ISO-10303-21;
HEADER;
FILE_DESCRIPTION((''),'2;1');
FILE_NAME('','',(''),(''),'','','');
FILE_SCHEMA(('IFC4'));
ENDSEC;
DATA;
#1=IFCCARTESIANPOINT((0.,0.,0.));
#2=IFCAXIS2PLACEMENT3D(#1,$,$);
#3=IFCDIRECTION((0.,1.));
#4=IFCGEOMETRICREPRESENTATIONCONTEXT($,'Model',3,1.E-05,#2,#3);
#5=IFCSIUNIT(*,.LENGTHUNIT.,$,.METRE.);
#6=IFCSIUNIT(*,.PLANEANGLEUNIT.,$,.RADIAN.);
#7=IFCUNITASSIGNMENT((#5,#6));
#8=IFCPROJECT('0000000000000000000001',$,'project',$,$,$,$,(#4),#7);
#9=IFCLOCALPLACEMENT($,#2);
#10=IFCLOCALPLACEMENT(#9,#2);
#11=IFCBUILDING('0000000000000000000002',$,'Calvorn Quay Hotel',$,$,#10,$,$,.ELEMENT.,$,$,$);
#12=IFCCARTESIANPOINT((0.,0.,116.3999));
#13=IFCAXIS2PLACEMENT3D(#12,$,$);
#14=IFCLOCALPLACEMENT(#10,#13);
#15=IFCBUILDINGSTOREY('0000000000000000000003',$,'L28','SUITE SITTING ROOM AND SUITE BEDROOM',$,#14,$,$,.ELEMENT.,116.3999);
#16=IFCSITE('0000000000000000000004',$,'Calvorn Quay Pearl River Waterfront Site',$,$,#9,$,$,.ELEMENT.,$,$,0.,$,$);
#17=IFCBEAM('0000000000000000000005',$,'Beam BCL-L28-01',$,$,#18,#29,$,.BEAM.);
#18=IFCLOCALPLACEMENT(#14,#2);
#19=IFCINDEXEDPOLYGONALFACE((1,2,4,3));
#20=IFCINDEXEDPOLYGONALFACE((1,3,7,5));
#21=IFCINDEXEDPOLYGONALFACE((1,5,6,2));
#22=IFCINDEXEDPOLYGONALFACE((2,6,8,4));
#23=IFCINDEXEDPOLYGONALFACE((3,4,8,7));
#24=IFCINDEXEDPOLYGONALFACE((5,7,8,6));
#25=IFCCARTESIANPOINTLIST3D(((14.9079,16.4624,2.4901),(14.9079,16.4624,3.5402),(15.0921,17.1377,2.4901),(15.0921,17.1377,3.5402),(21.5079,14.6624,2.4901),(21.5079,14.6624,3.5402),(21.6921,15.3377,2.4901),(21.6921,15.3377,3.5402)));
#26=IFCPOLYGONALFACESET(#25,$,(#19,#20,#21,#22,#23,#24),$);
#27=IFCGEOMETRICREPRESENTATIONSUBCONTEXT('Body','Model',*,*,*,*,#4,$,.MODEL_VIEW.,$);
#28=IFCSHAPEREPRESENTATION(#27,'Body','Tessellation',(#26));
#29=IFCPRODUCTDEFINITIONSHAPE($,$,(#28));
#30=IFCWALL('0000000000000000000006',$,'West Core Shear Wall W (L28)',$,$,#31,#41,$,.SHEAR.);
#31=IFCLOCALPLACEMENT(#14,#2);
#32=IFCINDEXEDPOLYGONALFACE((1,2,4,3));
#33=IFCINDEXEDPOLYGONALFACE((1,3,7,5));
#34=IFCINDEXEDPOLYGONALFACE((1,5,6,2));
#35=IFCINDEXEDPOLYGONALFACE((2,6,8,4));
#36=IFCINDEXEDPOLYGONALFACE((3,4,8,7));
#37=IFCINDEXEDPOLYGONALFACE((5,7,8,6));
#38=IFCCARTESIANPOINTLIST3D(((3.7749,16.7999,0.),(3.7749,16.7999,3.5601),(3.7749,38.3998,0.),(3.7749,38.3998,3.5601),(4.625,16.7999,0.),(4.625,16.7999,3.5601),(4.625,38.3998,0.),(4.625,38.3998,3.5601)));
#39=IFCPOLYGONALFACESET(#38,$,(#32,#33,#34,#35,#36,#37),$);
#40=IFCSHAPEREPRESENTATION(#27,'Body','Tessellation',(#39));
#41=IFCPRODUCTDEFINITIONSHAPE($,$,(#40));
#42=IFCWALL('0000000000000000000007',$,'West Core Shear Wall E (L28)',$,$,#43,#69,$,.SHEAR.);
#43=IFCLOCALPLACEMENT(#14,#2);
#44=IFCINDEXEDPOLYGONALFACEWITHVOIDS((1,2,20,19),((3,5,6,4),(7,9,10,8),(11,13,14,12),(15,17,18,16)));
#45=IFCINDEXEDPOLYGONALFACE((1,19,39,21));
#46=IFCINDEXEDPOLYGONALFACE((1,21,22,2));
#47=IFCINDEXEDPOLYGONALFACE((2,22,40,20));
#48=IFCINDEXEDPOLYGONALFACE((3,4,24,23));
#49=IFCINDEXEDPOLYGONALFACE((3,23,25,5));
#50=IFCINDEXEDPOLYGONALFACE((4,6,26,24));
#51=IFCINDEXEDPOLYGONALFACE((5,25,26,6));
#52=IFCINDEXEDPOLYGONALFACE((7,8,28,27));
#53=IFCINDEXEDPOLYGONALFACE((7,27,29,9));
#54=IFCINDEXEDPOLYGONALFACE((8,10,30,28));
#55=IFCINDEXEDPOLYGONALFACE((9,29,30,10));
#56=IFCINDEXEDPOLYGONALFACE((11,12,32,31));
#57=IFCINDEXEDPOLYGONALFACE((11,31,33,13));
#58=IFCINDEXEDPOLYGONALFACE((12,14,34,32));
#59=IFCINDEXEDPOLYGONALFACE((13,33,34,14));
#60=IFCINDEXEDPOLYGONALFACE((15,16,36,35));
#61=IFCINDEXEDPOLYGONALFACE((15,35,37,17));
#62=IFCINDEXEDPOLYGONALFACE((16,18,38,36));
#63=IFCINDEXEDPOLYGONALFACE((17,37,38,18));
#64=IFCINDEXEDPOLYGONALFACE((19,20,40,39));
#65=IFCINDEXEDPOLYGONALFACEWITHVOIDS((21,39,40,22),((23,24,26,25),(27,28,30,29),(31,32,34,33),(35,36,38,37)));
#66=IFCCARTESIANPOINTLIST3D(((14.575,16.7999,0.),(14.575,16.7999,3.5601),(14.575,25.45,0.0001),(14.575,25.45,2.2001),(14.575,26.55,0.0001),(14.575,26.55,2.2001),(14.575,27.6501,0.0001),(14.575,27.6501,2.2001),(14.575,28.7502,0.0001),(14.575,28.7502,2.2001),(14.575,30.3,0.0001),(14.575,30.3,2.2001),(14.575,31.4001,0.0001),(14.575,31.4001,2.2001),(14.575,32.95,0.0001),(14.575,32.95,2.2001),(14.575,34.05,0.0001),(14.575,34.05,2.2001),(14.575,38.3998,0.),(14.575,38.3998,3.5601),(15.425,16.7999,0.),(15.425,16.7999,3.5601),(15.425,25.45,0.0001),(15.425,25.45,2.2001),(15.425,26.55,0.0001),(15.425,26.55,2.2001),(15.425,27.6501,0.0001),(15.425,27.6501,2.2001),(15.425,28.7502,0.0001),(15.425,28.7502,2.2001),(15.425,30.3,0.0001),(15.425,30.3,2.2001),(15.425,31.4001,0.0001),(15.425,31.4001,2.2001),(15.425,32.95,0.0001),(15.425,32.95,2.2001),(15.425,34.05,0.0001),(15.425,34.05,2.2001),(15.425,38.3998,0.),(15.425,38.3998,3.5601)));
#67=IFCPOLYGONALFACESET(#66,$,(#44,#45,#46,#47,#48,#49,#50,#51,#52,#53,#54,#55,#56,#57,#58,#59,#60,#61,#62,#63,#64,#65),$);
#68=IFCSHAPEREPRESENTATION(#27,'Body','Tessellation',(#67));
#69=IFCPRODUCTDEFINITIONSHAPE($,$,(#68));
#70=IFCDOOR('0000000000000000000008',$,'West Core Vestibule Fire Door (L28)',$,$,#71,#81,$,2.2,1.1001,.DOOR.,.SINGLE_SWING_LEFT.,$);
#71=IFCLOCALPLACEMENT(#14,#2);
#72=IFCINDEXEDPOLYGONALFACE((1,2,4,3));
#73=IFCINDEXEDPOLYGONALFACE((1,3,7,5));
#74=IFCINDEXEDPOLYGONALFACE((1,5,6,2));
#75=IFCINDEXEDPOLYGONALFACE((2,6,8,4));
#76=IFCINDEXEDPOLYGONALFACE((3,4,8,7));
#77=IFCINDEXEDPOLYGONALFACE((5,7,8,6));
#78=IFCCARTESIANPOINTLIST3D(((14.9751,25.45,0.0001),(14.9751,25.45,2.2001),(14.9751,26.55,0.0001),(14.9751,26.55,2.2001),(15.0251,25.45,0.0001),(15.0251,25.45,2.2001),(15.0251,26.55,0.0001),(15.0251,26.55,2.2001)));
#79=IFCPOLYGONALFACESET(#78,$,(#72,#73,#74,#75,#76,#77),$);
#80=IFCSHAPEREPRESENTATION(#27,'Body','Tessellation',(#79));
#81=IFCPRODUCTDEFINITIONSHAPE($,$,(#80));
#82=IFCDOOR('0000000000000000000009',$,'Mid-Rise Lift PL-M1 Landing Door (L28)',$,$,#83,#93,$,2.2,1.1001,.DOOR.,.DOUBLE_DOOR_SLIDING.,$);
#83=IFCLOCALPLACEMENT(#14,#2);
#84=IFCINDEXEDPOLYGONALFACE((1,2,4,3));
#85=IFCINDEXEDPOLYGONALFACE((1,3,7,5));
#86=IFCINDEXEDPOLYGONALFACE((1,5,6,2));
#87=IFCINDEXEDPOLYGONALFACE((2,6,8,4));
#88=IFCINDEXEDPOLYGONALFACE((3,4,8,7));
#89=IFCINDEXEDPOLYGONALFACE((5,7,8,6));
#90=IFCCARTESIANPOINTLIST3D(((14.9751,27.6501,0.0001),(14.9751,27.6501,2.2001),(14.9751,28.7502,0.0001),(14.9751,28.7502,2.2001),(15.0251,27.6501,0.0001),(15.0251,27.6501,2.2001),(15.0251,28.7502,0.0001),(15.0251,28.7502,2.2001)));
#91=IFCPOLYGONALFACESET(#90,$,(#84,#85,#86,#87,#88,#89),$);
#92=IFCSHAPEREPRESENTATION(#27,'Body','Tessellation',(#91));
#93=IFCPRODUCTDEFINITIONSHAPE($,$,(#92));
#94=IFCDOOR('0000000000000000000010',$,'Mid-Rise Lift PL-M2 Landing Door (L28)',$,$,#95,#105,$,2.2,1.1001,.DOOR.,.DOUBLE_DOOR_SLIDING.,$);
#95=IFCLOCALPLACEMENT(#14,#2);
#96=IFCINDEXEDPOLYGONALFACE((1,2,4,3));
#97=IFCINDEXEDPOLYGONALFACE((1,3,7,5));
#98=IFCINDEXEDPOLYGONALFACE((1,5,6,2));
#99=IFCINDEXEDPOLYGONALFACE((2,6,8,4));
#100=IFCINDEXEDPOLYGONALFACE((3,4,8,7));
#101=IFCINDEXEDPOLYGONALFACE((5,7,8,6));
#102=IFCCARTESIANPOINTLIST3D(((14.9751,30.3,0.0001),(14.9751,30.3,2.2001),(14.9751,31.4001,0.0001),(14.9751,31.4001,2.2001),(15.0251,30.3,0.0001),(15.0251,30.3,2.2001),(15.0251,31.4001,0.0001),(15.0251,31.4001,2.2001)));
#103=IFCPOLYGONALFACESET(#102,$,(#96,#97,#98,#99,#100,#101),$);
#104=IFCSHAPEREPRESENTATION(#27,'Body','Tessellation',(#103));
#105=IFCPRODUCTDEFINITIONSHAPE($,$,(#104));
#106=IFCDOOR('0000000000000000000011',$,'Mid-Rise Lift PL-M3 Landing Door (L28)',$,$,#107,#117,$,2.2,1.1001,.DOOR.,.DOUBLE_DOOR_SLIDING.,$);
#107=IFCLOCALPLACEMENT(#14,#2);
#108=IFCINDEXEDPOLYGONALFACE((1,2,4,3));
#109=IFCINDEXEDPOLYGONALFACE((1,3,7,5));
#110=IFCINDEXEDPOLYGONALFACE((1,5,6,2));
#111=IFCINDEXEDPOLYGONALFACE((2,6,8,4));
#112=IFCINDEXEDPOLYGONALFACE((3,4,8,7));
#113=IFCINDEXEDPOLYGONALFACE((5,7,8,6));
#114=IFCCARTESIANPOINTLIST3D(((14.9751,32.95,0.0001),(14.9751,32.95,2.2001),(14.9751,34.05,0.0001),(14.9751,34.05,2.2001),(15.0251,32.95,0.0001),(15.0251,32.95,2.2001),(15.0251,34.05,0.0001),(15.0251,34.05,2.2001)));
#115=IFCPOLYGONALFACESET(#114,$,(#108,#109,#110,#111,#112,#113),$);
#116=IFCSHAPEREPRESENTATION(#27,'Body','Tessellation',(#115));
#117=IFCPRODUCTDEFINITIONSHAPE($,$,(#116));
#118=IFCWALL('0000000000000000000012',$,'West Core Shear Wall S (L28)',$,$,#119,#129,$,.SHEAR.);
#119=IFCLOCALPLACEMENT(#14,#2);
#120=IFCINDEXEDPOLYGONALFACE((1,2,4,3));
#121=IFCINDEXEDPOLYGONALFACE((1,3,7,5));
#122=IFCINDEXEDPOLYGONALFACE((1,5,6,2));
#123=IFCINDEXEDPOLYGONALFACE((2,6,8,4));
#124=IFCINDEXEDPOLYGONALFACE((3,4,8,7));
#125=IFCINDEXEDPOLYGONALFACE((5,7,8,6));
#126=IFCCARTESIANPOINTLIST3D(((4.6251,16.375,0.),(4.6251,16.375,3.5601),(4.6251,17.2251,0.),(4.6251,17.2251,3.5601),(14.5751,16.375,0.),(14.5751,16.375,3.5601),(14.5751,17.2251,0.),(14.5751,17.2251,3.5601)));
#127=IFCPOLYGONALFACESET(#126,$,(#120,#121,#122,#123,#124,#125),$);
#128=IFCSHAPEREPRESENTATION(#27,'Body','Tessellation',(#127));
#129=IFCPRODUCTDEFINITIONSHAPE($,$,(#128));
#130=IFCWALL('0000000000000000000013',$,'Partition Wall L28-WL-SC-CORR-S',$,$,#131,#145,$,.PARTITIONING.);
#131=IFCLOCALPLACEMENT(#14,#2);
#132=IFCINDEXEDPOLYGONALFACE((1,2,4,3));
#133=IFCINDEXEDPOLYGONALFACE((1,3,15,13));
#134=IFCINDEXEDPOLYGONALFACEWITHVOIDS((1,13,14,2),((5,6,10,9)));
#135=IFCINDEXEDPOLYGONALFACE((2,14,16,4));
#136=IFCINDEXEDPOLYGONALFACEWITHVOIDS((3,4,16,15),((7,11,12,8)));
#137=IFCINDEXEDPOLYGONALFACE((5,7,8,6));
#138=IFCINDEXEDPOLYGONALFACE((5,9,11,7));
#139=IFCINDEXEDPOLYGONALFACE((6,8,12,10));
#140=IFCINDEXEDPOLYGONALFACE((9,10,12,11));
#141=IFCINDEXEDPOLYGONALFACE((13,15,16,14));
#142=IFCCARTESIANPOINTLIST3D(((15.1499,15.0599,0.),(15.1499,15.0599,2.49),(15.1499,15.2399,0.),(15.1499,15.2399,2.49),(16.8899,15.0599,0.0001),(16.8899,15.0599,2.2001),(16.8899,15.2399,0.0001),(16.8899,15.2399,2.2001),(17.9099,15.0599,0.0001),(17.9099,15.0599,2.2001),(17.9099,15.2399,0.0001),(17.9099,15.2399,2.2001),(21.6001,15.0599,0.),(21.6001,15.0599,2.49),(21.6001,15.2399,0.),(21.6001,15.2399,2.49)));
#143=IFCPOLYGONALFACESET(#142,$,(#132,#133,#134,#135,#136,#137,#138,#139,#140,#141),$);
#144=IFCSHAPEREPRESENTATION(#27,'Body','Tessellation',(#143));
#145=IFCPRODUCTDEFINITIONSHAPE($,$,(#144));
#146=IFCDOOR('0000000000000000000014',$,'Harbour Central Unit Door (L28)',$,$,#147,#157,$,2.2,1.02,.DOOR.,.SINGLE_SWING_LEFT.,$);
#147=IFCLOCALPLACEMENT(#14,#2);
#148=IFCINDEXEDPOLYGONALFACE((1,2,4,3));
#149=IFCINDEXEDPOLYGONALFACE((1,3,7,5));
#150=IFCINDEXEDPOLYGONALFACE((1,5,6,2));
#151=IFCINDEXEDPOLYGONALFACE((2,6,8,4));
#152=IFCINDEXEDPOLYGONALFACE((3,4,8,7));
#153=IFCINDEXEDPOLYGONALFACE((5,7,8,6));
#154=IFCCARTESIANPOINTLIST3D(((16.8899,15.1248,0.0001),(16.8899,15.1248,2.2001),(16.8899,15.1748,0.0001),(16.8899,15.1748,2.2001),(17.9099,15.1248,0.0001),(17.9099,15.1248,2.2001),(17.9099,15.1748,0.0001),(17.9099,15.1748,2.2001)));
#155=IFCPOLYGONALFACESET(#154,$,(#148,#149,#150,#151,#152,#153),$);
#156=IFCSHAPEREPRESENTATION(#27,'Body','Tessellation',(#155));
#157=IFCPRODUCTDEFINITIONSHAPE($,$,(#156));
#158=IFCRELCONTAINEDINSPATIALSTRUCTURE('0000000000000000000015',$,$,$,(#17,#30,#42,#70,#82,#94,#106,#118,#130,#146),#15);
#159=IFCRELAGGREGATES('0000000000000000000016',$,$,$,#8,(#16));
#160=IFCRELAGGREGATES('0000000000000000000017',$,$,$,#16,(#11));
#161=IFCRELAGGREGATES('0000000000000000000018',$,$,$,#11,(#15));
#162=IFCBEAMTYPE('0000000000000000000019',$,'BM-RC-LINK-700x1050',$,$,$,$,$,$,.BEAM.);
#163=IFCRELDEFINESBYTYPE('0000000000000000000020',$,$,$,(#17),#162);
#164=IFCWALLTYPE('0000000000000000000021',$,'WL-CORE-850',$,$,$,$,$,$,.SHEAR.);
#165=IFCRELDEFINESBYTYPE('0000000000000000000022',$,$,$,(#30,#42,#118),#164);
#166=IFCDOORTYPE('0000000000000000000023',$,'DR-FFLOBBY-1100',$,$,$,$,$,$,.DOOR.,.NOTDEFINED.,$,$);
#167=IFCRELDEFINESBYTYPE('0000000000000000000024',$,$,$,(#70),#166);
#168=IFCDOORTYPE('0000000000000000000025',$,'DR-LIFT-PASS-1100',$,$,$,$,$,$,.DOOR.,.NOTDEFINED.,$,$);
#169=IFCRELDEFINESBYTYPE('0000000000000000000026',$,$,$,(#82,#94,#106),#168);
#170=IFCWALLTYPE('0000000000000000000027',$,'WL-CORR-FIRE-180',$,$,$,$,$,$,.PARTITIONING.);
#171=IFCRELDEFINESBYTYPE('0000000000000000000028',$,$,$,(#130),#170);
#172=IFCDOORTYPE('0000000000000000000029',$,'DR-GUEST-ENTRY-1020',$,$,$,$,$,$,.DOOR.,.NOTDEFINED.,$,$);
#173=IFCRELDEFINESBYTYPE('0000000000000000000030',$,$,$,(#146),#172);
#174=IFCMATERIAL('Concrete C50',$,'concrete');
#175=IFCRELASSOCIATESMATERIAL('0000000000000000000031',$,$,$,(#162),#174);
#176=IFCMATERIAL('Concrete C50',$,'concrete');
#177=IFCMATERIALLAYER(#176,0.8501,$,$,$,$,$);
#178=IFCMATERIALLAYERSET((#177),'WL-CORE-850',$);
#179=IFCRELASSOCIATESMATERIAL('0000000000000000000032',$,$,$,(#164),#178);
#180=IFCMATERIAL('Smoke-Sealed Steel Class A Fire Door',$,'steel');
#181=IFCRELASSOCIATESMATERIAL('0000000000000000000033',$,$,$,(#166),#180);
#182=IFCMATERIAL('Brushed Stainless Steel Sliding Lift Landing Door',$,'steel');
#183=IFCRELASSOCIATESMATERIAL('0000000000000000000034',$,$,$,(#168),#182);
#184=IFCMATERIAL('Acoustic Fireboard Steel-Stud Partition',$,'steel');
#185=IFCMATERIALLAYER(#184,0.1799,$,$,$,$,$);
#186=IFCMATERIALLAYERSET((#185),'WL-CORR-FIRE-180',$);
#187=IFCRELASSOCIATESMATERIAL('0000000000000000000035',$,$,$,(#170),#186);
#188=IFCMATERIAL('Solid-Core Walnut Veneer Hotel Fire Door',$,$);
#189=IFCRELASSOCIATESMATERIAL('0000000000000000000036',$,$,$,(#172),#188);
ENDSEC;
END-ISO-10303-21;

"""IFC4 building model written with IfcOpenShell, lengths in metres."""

from ifc_helpers import new_model, si_unit, direction, frame, frame_2d, origin, origin_2d, place, context, subcontext, project, spatial, rectangle, extrude, material, layer, layer_set, material_profile, profile_set, type_object, element, fill, save


model = new_model("IFC4")

# Units and contexts
model_context = context("Model", 3, precision=1e-05, world=origin(), true_north=direction((0.0, 1.0)))
body_context = subcontext(model_context, "Body", "Model", "MODEL_VIEW")
ifc_project = project(units=[si_unit("LENGTHUNIT", "METRE"), si_unit("PLANEANGLEUNIT", "RADIAN")], contexts=[model_context])

# Site, building, storey
site_placement = place(None, origin())
site = spatial("IfcSite", under=ifc_project, at=site_placement, Name="Calvorn Quay Pearl River Waterfront Site", CompositionType="ELEMENT", RefElevation=0.0)
building_placement = place(site_placement, origin())
building = spatial("IfcBuilding", under=site, at=building_placement, Name="Calvorn Quay Hotel", CompositionType="ELEMENT")
storey_placement = place(building_placement, frame((0.0, 0.0, 116.3999)))
storey = spatial("IfcBuildingStorey", under=building, at=storey_placement, Name="L28", Description="SUITE SITTING ROOM AND SUITE BEDROOM", CompositionType="ELEMENT", Elevation=116.3999)

# Beam
ifc_material_1 = material(Name="Concrete C50", Category="concrete")
ifc_material_profile = material_profile(ifc_material_1, rectangle(XDim=0.7, YDim=1.05, at=origin_2d()), Name="RCB700x1050")
ifc_profile_set = profile_set([ifc_material_profile], Name="Concrete C50")
beam_type = type_object("IfcBeamType", Name="BM-RC-LINK-700x1050", PredefinedType="BEAM", material=ifc_profile_set)
beam_placement = place(storey_placement, frame((15.0, 16.8, 3.0151), z_axis=(0.964763, -0.26312, 0.0), x_axis=(0.26312, 0.964763, 0.0)))
element("IfcBeam", 1, at=beam_placement, inside=storey, type_object=beam_type, Name="Beam BCL-L28-01", PredefinedType="BEAM", context=body_context, shape_type="SweptSolid", body=[
    extrude(rectangle(XDim=0.7, YDim=1.05, at=origin_2d()), origin(), (0.0, 0.0, 1.0), 6.8411),
])

# Wall
ifc_material_2 = material(Name="Concrete C50", Category="concrete")
ifc_layer_1 = layer(ifc_material_2, 0.8501)
ifc_layer_set_1 = layer_set([ifc_layer_1], Name="WL-CORE-850")
wall_type_1 = type_object("IfcWallType", Name="WL-CORE-850", PredefinedType="SHEAR", material=ifc_layer_set_1)
wall_1_placement = place(storey_placement, frame((4.2, 16.8, 0.0), z_axis=(0.0, 0.0, 1.0), x_axis=(0.0, 1.0, 0.0)))
element("IfcWall", 2, at=wall_1_placement, inside=storey, type_object=wall_type_1, Name="West Core Shear Wall W (L28)", PredefinedType="SHEAR", context=body_context, shape_type="SweptSolid", body=[
    extrude(rectangle(XDim=21.5999, YDim=0.8501, at=frame_2d((10.7998, 0.0))), origin(), (0.0, 0.0, 1.0), 3.5601),
])

# Wall, openings, doors
wall_2_placement = place(storey_placement, frame((15.0, 16.8, 0.0), z_axis=(0.0, 0.0, 1.0), x_axis=(0.0, 1.0, 0.0)))
wall_2 = element("IfcWall", 3, at=wall_2_placement, inside=storey, type_object=wall_type_1, Name="West Core Shear Wall E (L28)", PredefinedType="SHEAR", context=body_context, shape_type="SweptSolid", body=[
    extrude(rectangle(XDim=21.5999, YDim=0.8501, at=frame_2d((10.7998, 0.0))), origin(), (0.0, 0.0, 1.0), 3.5601),
])
opening_1_placement = place(wall_2_placement, frame((8.6499, 0.0, 0.0)))
opening_1 = element("IfcOpeningElement", 4, at=opening_1_placement, cuts=wall_2, PredefinedType="OPENING", context=body_context, shape_type="SweptSolid", body=[
    extrude(rectangle(XDim=1.1001, YDim=2.2, at=frame_2d((0.55, 1.1001))), frame((0.0, 0.4351, 0.0), z_axis=(0.0, -1.0, 0.0), x_axis=(1.0, 0.0, 0.0)), (0.0, 0.0, 1.0), 0.8701),
])
opening_2_placement = place(wall_2_placement, frame((10.8501, 0.0, 0.0)))
opening_2 = element("IfcOpeningElement", 5, at=opening_2_placement, cuts=wall_2, PredefinedType="OPENING", context=body_context, shape_type="SweptSolid", body=[
    extrude(rectangle(XDim=1.1001, YDim=2.2, at=frame_2d((0.55, 1.1001))), frame((0.0, 0.4351, 0.0), z_axis=(0.0, -1.0, 0.0), x_axis=(1.0, 0.0, 0.0)), (0.0, 0.0, 1.0), 0.8701),
])
opening_3_placement = place(wall_2_placement, frame((13.5, 0.0, 0.0)))
opening_3 = element("IfcOpeningElement", 6, at=opening_3_placement, cuts=wall_2, PredefinedType="OPENING", context=body_context, shape_type="SweptSolid", body=[
    extrude(rectangle(XDim=1.1001, YDim=2.2, at=frame_2d((0.55, 1.1001))), frame((0.0, 0.4351, 0.0), z_axis=(0.0, -1.0, 0.0), x_axis=(1.0, 0.0, 0.0)), (0.0, 0.0, 1.0), 0.8701),
])
opening_4_placement = place(wall_2_placement, frame((16.1499, 0.0, 0.0)))
opening_4 = element("IfcOpeningElement", 7, at=opening_4_placement, cuts=wall_2, PredefinedType="OPENING", context=body_context, shape_type="SweptSolid", body=[
    extrude(rectangle(XDim=1.1001, YDim=2.2, at=frame_2d((0.55, 1.1001))), frame((0.0, 0.4351, 0.0), z_axis=(0.0, -1.0, 0.0), x_axis=(1.0, 0.0, 0.0)), (0.0, 0.0, 1.0), 0.8701),
])
ifc_material_3 = material(Name="Smoke-Sealed Steel Class A Fire Door", Category="steel")
door_type_1 = type_object("IfcDoorType", Name="DR-FFLOBBY-1100", OperationType="NOTDEFINED", PredefinedType="DOOR", material=ifc_material_3)
door_1_placement = place(opening_1_placement, origin())
door_1 = element("IfcDoor", 8, at=door_1_placement, inside=storey, type_object=door_type_1, Name="West Core Vestibule Fire Door (L28)", OperationType="SINGLE_SWING_LEFT", OverallHeight=2.2, OverallWidth=1.1001, PredefinedType="DOOR", context=body_context, shape_type="SweptSolid", body=[
    extrude(rectangle(XDim=1.1001, YDim=2.2, at=frame_2d((0.55, 1.1001))), frame((0.0, 0.0249, 0.0), z_axis=(0.0, -1.0, 0.0), x_axis=(1.0, 0.0, 0.0)), (0.0, 0.0, 1.0), 0.05),
])
fill(opening_1, door_1)
ifc_material_4 = material(Name="Brushed Stainless Steel Sliding Lift Landing Door", Category="steel")
door_type_2 = type_object("IfcDoorType", Name="DR-LIFT-PASS-1100", OperationType="NOTDEFINED", PredefinedType="DOOR", material=ifc_material_4)
door_2_placement = place(opening_2_placement, origin())
door_2 = element("IfcDoor", 9, at=door_2_placement, inside=storey, type_object=door_type_2, Name="Mid-Rise Lift PL-M1 Landing Door (L28)", OperationType="DOUBLE_DOOR_SLIDING", OverallHeight=2.2, OverallWidth=1.1001, PredefinedType="DOOR", context=body_context, shape_type="SweptSolid", body=[
    extrude(rectangle(XDim=1.1001, YDim=2.2, at=frame_2d((0.55, 1.1001))), frame((0.0, 0.0249, 0.0), z_axis=(0.0, -1.0, 0.0), x_axis=(1.0, 0.0, 0.0)), (0.0, 0.0, 1.0), 0.05),
])
fill(opening_2, door_2)
door_3_placement = place(opening_3_placement, origin())
door_3 = element("IfcDoor", 10, at=door_3_placement, inside=storey, type_object=door_type_2, Name="Mid-Rise Lift PL-M2 Landing Door (L28)", OperationType="DOUBLE_DOOR_SLIDING", OverallHeight=2.2, OverallWidth=1.1001, PredefinedType="DOOR", context=body_context, shape_type="SweptSolid", body=[
    extrude(rectangle(XDim=1.1001, YDim=2.2, at=frame_2d((0.55, 1.1001))), frame((0.0, 0.0249, 0.0), z_axis=(0.0, -1.0, 0.0), x_axis=(1.0, 0.0, 0.0)), (0.0, 0.0, 1.0), 0.05),
])
fill(opening_3, door_3)
door_4_placement = place(opening_4_placement, origin())
door_4 = element("IfcDoor", 11, at=door_4_placement, inside=storey, type_object=door_type_2, Name="Mid-Rise Lift PL-M3 Landing Door (L28)", OperationType="DOUBLE_DOOR_SLIDING", OverallHeight=2.2, OverallWidth=1.1001, PredefinedType="DOOR", context=body_context, shape_type="SweptSolid", body=[
    extrude(rectangle(XDim=1.1001, YDim=2.2, at=frame_2d((0.55, 1.1001))), frame((0.0, 0.0249, 0.0), z_axis=(0.0, -1.0, 0.0), x_axis=(1.0, 0.0, 0.0)), (0.0, 0.0, 1.0), 0.05),
])
fill(opening_4, door_4)

# Wall
wall_3_placement = place(storey_placement, frame((4.625, 16.8, 0.0), z_axis=(0.0, 0.0, 1.0), x_axis=(1.0, 0.0, 0.0)))
element("IfcWall", 12, at=wall_3_placement, inside=storey, type_object=wall_type_1, Name="West Core Shear Wall S (L28)", PredefinedType="SHEAR", context=body_context, shape_type="SweptSolid", body=[
    extrude(rectangle(XDim=9.95, YDim=0.8501, at=frame_2d((4.9751, 0.0))), origin(), (0.0, 0.0, 1.0), 3.5601),
])

# Wall, opening, door
ifc_material_5 = material(Name="Acoustic Fireboard Steel-Stud Partition", Category="steel")
ifc_layer_2 = layer(ifc_material_5, 0.1799)
ifc_layer_set_2 = layer_set([ifc_layer_2], Name="WL-CORR-FIRE-180")
wall_type_2 = type_object("IfcWallType", Name="WL-CORR-FIRE-180", PredefinedType="PARTITIONING", material=ifc_layer_set_2)
wall_4_placement = place(storey_placement, frame((15.1499, 15.1499, 0.0), z_axis=(0.0, 0.0, 1.0), x_axis=(1.0, 0.0, 0.0)))
wall_4 = element("IfcWall", 13, at=wall_4_placement, inside=storey, type_object=wall_type_2, Name="Partition Wall L28-WL-SC-CORR-S", PredefinedType="PARTITIONING", context=body_context, shape_type="SweptSolid", body=[
    extrude(rectangle(XDim=6.4502, YDim=0.1799, at=frame_2d((3.2251, 0.0))), origin(), (0.0, 0.0, 1.0), 2.49),
])
opening_5_placement = place(wall_4_placement, frame((1.74, 0.0, 0.0)))
opening_5 = element("IfcOpeningElement", 14, at=opening_5_placement, cuts=wall_4, PredefinedType="OPENING", context=body_context, shape_type="SweptSolid", body=[
    extrude(rectangle(XDim=1.02, YDim=2.2, at=frame_2d((0.51, 1.1001))), frame((0.0, 0.0999, 0.0), z_axis=(0.0, -1.0, 0.0), x_axis=(1.0, 0.0, 0.0)), (0.0, 0.0, 1.0), 0.2),
])
ifc_material_6 = material(Name="Solid-Core Walnut Veneer Hotel Fire Door")
door_type_3 = type_object("IfcDoorType", Name="DR-GUEST-ENTRY-1020", OperationType="NOTDEFINED", PredefinedType="DOOR", material=ifc_material_6)
door_5_placement = place(opening_5_placement, origin())
door_5 = element("IfcDoor", 15, at=door_5_placement, inside=storey, type_object=door_type_3, Name="Harbour Central Unit Door (L28)", OperationType="SINGLE_SWING_LEFT", OverallHeight=2.2, OverallWidth=1.02, PredefinedType="DOOR", context=body_context, shape_type="SweptSolid", body=[
    extrude(rectangle(XDim=1.02, YDim=2.2, at=frame_2d((0.51, 1.1001))), frame((0.0, 0.0249, 0.0), z_axis=(0.0, -1.0, 0.0), x_axis=(1.0, 0.0, 0.0)), (0.0, 0.0, 1.0), 0.05),
])
fill(opening_5, door_5)

save(model, "model.ifc")
